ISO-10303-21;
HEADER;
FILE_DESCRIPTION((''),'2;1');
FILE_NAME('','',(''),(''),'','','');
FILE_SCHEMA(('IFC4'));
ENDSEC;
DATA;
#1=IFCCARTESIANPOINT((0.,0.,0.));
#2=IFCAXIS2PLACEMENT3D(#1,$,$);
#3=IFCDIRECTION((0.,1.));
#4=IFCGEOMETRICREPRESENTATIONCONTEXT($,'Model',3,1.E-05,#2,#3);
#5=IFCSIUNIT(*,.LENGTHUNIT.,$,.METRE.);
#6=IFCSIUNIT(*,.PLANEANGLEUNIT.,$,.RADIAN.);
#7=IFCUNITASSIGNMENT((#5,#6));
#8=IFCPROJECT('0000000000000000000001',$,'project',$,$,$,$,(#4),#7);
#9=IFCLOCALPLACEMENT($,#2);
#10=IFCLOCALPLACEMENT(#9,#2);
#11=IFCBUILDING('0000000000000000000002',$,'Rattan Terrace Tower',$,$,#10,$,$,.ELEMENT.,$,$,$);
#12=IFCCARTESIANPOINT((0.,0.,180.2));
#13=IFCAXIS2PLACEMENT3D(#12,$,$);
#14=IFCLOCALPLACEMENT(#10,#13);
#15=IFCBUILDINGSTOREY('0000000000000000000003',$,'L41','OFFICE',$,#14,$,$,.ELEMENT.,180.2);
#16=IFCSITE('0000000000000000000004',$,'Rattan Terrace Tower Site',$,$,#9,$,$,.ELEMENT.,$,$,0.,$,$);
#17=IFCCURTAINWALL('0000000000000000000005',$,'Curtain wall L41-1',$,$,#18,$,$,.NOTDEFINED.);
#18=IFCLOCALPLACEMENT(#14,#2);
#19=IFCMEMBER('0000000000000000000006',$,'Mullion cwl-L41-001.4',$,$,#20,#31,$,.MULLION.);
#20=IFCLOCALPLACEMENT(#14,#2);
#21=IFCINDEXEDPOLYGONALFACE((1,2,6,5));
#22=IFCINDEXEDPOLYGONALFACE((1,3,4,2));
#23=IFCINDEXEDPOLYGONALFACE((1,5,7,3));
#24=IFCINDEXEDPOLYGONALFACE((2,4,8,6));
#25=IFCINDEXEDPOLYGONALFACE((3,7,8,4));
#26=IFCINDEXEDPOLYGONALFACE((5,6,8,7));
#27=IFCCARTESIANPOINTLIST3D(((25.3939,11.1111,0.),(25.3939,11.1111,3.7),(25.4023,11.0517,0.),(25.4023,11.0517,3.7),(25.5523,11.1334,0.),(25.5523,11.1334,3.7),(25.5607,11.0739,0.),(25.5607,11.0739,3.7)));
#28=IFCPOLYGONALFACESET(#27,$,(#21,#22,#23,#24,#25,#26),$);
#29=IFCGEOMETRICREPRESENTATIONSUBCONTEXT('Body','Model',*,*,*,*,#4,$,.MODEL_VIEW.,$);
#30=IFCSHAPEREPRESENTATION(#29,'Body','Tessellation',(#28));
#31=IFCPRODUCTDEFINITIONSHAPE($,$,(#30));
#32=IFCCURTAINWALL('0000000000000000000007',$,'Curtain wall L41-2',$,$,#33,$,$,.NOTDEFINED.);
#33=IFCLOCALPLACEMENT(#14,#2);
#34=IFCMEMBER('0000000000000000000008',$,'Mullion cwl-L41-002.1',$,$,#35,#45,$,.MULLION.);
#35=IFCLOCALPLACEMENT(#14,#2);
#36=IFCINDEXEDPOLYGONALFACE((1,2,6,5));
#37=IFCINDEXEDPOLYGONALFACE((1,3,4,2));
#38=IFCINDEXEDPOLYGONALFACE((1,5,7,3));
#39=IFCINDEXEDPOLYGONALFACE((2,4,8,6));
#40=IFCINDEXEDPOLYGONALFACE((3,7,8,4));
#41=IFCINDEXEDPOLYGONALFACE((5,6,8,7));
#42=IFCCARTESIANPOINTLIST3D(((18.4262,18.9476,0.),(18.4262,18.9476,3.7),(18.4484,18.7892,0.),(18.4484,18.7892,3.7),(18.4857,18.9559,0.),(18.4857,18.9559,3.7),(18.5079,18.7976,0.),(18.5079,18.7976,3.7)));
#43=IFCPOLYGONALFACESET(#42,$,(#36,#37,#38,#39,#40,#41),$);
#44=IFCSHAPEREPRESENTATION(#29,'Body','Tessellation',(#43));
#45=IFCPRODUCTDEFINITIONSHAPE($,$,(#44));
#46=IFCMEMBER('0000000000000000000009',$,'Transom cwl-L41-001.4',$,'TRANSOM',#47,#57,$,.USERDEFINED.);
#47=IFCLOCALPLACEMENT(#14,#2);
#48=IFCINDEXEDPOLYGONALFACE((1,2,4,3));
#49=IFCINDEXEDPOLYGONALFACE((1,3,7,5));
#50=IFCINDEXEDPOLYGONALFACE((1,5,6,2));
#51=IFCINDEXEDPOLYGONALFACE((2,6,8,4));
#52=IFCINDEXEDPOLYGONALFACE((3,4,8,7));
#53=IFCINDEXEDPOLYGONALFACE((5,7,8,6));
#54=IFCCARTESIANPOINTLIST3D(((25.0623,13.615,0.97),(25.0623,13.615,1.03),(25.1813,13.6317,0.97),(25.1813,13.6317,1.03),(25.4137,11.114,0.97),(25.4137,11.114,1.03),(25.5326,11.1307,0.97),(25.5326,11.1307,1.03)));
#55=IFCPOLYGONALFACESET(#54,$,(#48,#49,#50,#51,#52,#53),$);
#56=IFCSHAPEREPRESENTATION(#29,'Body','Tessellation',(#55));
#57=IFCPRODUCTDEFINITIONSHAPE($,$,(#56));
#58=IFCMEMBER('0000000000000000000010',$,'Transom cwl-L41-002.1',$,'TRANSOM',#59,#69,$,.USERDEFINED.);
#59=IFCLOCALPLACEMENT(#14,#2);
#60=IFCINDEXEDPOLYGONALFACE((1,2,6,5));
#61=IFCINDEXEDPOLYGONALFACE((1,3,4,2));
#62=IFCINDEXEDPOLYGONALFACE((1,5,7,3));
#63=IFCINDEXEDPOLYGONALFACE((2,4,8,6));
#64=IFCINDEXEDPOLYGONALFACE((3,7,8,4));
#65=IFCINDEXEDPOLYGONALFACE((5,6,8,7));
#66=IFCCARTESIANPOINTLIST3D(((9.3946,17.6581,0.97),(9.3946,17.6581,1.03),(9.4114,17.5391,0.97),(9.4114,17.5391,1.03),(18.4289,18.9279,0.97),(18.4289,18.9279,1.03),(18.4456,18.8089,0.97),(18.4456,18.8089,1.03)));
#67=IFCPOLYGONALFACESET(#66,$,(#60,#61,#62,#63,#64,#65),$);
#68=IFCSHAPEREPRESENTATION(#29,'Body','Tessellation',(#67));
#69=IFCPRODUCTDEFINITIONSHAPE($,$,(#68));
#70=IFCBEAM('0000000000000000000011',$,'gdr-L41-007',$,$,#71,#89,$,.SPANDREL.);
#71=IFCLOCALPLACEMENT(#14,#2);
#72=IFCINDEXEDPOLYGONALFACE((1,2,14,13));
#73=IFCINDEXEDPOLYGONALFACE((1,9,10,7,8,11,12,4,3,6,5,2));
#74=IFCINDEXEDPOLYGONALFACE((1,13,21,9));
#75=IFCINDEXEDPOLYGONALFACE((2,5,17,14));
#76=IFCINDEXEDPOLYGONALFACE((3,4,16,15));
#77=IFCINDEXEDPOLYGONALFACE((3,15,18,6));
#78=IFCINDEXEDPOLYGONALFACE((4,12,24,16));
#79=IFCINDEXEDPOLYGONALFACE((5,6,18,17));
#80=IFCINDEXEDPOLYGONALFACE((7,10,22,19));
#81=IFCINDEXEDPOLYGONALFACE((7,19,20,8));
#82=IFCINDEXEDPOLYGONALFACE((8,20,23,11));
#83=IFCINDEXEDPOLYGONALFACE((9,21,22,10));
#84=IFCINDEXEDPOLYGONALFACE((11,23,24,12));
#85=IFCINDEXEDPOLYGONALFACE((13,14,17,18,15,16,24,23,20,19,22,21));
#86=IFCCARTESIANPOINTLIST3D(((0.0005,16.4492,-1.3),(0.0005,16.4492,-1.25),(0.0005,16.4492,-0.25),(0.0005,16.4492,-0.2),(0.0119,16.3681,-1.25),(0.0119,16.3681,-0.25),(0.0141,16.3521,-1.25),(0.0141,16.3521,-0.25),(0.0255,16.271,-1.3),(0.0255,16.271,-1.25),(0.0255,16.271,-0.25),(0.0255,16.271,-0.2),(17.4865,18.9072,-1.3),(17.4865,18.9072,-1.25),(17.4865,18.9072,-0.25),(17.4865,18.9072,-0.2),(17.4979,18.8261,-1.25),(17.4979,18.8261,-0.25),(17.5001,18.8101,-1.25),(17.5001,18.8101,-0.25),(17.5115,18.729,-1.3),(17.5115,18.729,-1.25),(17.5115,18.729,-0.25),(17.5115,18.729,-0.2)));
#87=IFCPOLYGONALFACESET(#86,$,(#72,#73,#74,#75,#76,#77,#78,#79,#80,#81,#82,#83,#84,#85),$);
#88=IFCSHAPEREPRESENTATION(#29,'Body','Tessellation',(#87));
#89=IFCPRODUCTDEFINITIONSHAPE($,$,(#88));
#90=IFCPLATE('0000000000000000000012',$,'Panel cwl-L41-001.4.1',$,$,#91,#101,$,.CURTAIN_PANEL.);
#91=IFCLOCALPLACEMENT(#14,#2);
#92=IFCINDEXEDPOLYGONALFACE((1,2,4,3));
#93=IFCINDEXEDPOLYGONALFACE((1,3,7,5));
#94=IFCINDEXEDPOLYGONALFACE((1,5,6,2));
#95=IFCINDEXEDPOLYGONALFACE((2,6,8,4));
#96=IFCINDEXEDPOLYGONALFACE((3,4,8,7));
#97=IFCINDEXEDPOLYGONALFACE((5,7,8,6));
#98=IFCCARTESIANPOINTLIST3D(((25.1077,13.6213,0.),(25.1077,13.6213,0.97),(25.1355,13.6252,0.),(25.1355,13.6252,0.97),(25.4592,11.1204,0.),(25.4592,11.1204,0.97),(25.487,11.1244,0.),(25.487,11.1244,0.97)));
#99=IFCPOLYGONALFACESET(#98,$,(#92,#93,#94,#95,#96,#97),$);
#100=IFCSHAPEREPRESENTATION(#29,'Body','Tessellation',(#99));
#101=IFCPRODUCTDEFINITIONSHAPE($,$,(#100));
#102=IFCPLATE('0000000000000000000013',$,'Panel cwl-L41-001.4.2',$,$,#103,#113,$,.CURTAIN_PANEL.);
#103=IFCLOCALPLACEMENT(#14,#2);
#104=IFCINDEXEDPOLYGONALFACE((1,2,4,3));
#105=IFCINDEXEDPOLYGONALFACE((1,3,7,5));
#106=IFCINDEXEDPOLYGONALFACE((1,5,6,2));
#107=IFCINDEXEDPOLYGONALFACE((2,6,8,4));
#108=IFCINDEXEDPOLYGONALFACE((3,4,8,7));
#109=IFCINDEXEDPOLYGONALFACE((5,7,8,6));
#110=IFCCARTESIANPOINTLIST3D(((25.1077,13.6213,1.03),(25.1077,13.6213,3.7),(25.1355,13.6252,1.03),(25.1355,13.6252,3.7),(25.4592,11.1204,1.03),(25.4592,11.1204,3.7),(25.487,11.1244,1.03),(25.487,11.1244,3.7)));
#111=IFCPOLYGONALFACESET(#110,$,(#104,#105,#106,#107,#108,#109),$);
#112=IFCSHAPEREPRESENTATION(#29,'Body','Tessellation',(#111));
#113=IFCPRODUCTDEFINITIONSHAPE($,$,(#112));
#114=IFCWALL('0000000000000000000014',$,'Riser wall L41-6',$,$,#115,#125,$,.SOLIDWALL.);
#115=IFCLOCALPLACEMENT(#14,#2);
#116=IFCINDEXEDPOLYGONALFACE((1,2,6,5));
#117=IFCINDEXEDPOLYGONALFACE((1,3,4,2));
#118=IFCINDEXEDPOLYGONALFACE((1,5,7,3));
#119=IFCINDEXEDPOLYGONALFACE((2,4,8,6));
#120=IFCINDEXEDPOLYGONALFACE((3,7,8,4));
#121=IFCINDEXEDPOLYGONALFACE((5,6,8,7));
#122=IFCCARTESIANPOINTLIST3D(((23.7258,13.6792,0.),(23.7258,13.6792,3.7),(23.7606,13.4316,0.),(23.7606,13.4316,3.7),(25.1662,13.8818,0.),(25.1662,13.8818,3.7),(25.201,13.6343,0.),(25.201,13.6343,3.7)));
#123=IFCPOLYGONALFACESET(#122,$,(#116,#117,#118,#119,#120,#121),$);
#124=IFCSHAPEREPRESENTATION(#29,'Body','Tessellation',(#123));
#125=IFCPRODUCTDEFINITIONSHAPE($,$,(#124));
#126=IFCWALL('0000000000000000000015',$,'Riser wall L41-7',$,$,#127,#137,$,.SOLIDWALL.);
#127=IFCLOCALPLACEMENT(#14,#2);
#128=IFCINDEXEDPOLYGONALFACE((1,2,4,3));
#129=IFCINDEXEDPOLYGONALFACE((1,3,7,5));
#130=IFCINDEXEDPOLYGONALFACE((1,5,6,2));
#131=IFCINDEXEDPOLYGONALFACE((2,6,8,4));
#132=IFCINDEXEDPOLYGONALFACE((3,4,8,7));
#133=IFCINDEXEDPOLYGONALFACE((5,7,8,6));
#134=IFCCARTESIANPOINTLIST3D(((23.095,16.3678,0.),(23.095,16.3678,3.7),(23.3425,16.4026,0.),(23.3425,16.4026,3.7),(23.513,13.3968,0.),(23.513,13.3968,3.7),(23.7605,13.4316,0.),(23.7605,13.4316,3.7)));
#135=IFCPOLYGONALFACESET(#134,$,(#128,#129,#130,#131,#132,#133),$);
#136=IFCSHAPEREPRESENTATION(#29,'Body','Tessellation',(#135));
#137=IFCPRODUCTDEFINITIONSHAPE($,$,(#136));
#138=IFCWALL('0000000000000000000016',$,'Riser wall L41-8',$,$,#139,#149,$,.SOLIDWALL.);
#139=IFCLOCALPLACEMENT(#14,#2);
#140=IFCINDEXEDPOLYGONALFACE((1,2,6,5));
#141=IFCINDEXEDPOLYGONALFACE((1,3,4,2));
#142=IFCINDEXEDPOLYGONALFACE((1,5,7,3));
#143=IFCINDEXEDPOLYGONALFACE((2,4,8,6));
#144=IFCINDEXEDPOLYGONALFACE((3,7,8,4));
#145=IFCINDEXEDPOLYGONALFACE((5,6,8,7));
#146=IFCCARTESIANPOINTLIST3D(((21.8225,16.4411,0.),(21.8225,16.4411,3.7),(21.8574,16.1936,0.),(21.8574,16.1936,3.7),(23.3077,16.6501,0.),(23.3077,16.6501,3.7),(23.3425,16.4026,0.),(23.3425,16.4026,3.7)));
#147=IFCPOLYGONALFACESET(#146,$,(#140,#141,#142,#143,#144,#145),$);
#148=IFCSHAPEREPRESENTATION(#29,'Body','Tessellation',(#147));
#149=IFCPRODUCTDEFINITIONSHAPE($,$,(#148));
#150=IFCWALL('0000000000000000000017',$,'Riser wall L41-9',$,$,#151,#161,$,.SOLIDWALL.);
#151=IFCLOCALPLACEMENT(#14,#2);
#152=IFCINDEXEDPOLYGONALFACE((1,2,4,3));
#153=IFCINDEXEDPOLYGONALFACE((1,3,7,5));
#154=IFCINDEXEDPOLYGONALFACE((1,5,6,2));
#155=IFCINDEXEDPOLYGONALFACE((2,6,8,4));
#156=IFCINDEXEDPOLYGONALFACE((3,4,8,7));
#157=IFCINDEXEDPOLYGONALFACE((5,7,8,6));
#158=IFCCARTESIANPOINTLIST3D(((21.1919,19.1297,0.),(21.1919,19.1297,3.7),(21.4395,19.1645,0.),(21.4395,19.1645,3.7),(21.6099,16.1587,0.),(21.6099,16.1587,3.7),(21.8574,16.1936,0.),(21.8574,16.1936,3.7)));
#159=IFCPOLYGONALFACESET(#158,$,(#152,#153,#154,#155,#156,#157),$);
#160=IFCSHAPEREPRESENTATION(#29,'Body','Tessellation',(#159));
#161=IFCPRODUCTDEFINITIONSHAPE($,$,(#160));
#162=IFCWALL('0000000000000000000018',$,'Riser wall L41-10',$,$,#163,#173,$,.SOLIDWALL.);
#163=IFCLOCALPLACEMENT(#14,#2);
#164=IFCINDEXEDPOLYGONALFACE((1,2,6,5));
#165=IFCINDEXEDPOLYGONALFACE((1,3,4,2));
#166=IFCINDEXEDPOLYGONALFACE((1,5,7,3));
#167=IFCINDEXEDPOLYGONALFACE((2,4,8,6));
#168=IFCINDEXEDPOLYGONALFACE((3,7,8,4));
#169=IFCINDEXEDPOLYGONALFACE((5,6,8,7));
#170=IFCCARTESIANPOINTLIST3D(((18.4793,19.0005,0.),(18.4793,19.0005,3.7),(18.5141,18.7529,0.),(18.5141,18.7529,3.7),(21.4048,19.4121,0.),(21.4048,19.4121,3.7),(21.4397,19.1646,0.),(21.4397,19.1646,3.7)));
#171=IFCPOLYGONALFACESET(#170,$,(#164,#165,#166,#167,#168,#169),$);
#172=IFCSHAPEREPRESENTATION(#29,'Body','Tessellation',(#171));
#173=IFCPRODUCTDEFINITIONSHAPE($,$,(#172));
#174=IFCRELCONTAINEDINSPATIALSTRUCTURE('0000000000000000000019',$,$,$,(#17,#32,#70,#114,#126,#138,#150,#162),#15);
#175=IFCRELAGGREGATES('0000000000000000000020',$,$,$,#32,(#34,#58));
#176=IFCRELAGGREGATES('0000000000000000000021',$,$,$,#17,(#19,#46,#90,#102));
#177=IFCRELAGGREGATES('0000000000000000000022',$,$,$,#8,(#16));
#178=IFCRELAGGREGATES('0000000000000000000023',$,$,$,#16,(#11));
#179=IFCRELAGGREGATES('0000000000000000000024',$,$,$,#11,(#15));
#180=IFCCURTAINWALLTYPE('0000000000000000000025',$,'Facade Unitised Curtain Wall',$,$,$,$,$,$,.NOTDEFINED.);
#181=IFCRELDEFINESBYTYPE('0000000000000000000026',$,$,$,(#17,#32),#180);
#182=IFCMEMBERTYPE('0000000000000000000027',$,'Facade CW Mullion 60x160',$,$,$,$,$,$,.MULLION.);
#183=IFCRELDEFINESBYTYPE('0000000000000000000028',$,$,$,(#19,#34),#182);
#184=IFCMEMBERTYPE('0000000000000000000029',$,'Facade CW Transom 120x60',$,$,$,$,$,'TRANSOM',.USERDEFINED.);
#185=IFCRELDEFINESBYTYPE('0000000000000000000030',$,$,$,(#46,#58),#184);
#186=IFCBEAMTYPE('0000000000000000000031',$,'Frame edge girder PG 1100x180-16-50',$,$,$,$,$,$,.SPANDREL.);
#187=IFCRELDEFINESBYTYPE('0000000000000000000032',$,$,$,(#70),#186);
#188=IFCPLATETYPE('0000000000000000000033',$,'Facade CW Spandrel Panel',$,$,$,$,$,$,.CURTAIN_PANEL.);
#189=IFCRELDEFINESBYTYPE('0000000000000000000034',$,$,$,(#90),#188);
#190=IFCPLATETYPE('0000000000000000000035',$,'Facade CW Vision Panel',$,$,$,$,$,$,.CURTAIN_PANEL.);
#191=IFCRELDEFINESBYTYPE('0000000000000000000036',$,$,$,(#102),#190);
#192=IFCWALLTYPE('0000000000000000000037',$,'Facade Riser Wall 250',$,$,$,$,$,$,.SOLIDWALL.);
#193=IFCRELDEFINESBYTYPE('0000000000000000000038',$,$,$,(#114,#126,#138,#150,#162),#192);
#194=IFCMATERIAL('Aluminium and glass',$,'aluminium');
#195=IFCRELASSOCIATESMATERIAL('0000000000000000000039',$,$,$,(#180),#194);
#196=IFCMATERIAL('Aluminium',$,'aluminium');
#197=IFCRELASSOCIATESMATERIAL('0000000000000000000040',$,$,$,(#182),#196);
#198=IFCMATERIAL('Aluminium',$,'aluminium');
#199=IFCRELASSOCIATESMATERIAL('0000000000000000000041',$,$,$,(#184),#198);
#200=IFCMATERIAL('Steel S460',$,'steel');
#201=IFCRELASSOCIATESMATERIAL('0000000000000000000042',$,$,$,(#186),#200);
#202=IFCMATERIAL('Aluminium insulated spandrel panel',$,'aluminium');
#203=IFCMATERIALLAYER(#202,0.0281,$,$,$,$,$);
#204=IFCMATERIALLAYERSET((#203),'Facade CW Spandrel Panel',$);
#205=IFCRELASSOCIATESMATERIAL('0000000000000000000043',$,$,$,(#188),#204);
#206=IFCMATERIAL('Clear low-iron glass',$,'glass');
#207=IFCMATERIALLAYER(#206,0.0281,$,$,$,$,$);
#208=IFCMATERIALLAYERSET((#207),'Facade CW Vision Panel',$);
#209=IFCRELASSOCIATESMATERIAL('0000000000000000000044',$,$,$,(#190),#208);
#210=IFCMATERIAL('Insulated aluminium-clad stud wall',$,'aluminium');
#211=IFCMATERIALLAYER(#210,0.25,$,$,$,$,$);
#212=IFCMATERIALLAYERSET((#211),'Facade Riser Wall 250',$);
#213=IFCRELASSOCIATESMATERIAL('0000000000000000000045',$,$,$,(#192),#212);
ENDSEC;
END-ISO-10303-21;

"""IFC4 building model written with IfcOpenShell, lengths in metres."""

from ifc_helpers import new_model, si_unit, direction, frame, frame_2d, origin, origin_2d, place, context, subcontext, project, spatial, rectangle, i_section, extrude, material, layer, layer_set, material_profile, profile_set, type_object, element, aggregate, save


model = new_model("IFC4")

# Units and contexts
model_context = context("Model", 3, precision=1e-05, world=origin(), true_north=direction((0.0, 1.0)))
body_context = subcontext(model_context, "Body", "Model", "MODEL_VIEW")
ifc_project = project(units=[si_unit("LENGTHUNIT", "METRE"), si_unit("PLANEANGLEUNIT", "RADIAN")], contexts=[model_context])

# Site, building, storey
site_placement = place(None, origin())
site = spatial("IfcSite", under=ifc_project, at=site_placement, Name="Rattan Terrace Tower Site", CompositionType="ELEMENT", RefElevation=0.0)
building_placement = place(site_placement, origin())
building = spatial("IfcBuilding", under=site, at=building_placement, Name="Rattan Terrace Tower", CompositionType="ELEMENT")
storey_placement = place(building_placement, frame((0.0, 0.0, 180.2)))
storey = spatial("IfcBuildingStorey", under=building, at=storey_placement, Name="L41", Description="OFFICE", CompositionType="ELEMENT", Elevation=180.2)

# Curtain walls, members
ifc_material_1 = material(Name="Aluminium and glass", Category="aluminium")
curtain_wall_type = type_object("IfcCurtainWallType", Name="Facade Unitised Curtain Wall", PredefinedType="NOTDEFINED", material=ifc_material_1)
curtain_wall_1_placement = place(storey_placement, origin())
curtain_wall_1 = element("IfcCurtainWall", 1, at=curtain_wall_1_placement, inside=storey, type_object=curtain_wall_type, Name="Curtain wall L41-1", PredefinedType="NOTDEFINED")
ifc_material_2 = material(Name="Aluminium", Category="aluminium")
ifc_material_profile_1 = material_profile(ifc_material_2, rectangle(XDim=0.0601, YDim=0.1599, at=origin_2d()), Name="Aluminium 60x160")
ifc_profile_set_1 = profile_set([ifc_material_profile_1], Name="Aluminium")
member_type_1 = type_object("IfcMemberType", Name="Facade CW Mullion 60x160", PredefinedType="MULLION", material=ifc_profile_set_1)
member_1_placement = place(storey_placement, frame((25.4773, 11.0925, 0.0), z_axis=(0.0, 0.0, 1.0), x_axis=(-0.139191, 0.990266, 0.0)))
member_1 = element("IfcMember", 2, at=member_1_placement, type_object=member_type_1, Name="Mullion cwl-L41-001.4", PredefinedType="MULLION", context=body_context, shape_type="SweptSolid", body=[
    extrude(rectangle(XDim=0.0601, YDim=0.1599, at=origin_2d()), origin(), (0.0, 0.0, 1.0), 3.7),
])
curtain_wall_2_placement = place(storey_placement, origin())
curtain_wall_2 = element("IfcCurtainWall", 3, at=curtain_wall_2_placement, inside=storey, type_object=curtain_wall_type, Name="Curtain wall L41-2", PredefinedType="NOTDEFINED")
member_2_placement = place(storey_placement, frame((18.467, 18.8726, 0.0), z_axis=(0.0, 0.0, 1.0), x_axis=(-0.99027, -0.139161, 0.0)))
member_2 = element("IfcMember", 4, at=member_2_placement, type_object=member_type_1, Name="Mullion cwl-L41-002.1", PredefinedType="MULLION", context=body_context, shape_type="SweptSolid", body=[
    extrude(rectangle(XDim=0.0601, YDim=0.1599, at=origin_2d()), origin(), (0.0, 0.0, 1.0), 3.7),
])

# Members
ifc_material_3 = material(Name="Aluminium", Category="aluminium")
ifc_material_profile_2 = material_profile(ifc_material_3, rectangle(XDim=0.1201, YDim=0.0601, at=origin_2d()), Name="Aluminium 120x60")
ifc_profile_set_2 = profile_set([ifc_material_profile_2], Name="Aluminium")
member_type_2 = type_object("IfcMemberType", Name="Facade CW Transom 120x60", ElementType="TRANSOM", PredefinedType="USERDEFINED", material=ifc_profile_set_2)
member_3_placement = place(storey_placement, frame((25.4731, 11.1223, 1.0), z_axis=(-0.139107, 0.990277, 0.0), x_axis=(-0.990277, -0.139107, 0.0)))
member_3 = element("IfcMember", 5, at=member_3_placement, type_object=member_type_2, Name="Transom cwl-L41-001.4", ObjectType="TRANSOM", PredefinedType="USERDEFINED", context=body_context, shape_type="SweptSolid", body=[
    extrude(rectangle(XDim=0.1201, YDim=0.0601, at=origin_2d()), origin(), (0.0, 0.0, 1.0), 2.5256),
])
member_4_placement = place(storey_placement, frame((18.4373, 18.8684, 1.0), z_axis=(-0.990266, -0.139184, 0.0), x_axis=(0.139184, -0.990266, 0.0)))
member_4 = element("IfcMember", 6, at=member_4_placement, type_object=member_type_2, Name="Transom cwl-L41-002.1", ObjectType="TRANSOM", PredefinedType="USERDEFINED", context=body_context, shape_type="SweptSolid", body=[
    extrude(rectangle(XDim=0.1201, YDim=0.0601, at=origin_2d()), origin(), (0.0, 0.0, 1.0), 9.123),
])
aggregate(curtain_wall_2, [member_2, member_4])

# Beam
ifc_material_4 = material(Name="Steel S460", Category="steel")
ifc_material_profile_3 = material_profile(ifc_material_4, i_section(OverallWidth=0.1799, OverallDepth=1.1001, WebThickness=0.0161, FlangeThickness=0.05, at=origin_2d()), Name="PG 1100x180-16-50")
ifc_profile_set_3 = profile_set([ifc_material_profile_3], Name="Steel S460")
beam_type = type_object("IfcBeamType", Name="Frame edge girder PG 1100x180-16-50", PredefinedType="SPANDREL", material=ifc_profile_set_3)
beam_placement = place(storey_placement, frame((17.499, 18.8181, -0.75), z_axis=(-0.990264, -0.139201, 0.0), x_axis=(0.139201, -0.990264, 0.0)))
element("IfcBeam", 7, at=beam_placement, inside=storey, type_object=beam_type, Name="gdr-L41-007", PredefinedType="SPANDREL", context=body_context, shape_type="SweptSolid", body=[
    extrude(i_section(OverallWidth=0.1799, OverallDepth=1.1001, WebThickness=0.0161, FlangeThickness=0.05, at=origin_2d()), origin(), (0.0, 0.0, 1.0), 17.658),
])

# Plates
ifc_material_5 = material(Name="Aluminium insulated spandrel panel", Category="aluminium")
ifc_layer_1 = layer(ifc_material_5, 0.0281)
ifc_layer_set_1 = layer_set([ifc_layer_1], Name="Facade CW Spandrel Panel")
plate_type_1 = type_object("IfcPlateType", Name="Facade CW Spandrel Panel", PredefinedType="CURTAIN_PANEL", material=ifc_layer_set_1)
plate_1_placement = place(storey_placement, frame((25.2974, 12.3728, 0.0), z_axis=(0.0, 0.0, 1.0), x_axis=(-0.139191, 0.990266, 0.0)))
plate_1 = element("IfcPlate", 8, at=plate_1_placement, type_object=plate_type_1, Name="Panel cwl-L41-001.4.1", PredefinedType="CURTAIN_PANEL", context=body_context, shape_type="SweptSolid", body=[
    extrude(rectangle(XDim=2.5254, YDim=0.0281, at=origin_2d()), origin(), (0.0, 0.0, 1.0), 0.97),
])
ifc_material_6 = material(Name="Clear low-iron glass", Category="glass")
ifc_layer_2 = layer(ifc_material_6, 0.0281)
ifc_layer_set_2 = layer_set([ifc_layer_2], Name="Facade CW Vision Panel")
plate_type_2 = type_object("IfcPlateType", Name="Facade CW Vision Panel", PredefinedType="CURTAIN_PANEL", material=ifc_layer_set_2)
plate_2_placement = place(storey_placement, frame((25.2974, 12.3728, 1.03), z_axis=(0.0, 0.0, 1.0), x_axis=(-0.139191, 0.990266, 0.0)))
plate_2 = element("IfcPlate", 9, at=plate_2_placement, type_object=plate_type_2, Name="Panel cwl-L41-001.4.2", PredefinedType="CURTAIN_PANEL", context=body_context, shape_type="SweptSolid", body=[
    extrude(rectangle(XDim=2.5254, YDim=0.0281, at=origin_2d()), origin(), (0.0, 0.0, 1.0), 2.6699),
])
aggregate(curtain_wall_1, [member_1, member_3, plate_1, plate_2])

# Walls
ifc_material_7 = material(Name="Insulated aluminium-clad stud wall", Category="aluminium")
ifc_layer_3 = layer(ifc_material_7, 0.25)
ifc_layer_set_3 = layer_set([ifc_layer_3], Name="Facade Riser Wall 250")
wall_type_1 = type_object("IfcWallType", Name="Facade Riser Wall 250", PredefinedType="SOLIDWALL", material=ifc_layer_set_3)
wall_1_placement = place(storey_placement, frame((25.1836, 13.7581, 0.0), z_axis=(0.0, 0.0, 1.0), x_axis=(-0.990249, -0.139306, 0.0)))
element("IfcWall", 10, at=wall_1_placement, inside=storey, type_object=wall_type_1, Name="Riser wall L41-6", PredefinedType="SOLIDWALL", context=body_context, shape_type="SweptSolid", body=[
    extrude(rectangle(XDim=1.4546, YDim=0.25, at=frame_2d((0.7273, 0.0))), origin(), (0.0, 0.0, 1.0), 3.7),
])
wall_2_placement = place(storey_placement, frame((23.6367, 13.4143, 0.0), z_axis=(0.0, 0.0, 1.0), x_axis=(-0.139313, 0.990248, 0.0)))
element("IfcWall", 11, at=wall_2_placement, inside=storey, type_object=wall_type_1, Name="Riser wall L41-7", PredefinedType="SOLIDWALL", context=body_context, shape_type="SweptSolid", body=[
    extrude(rectangle(XDim=3.0002, YDim=0.25, at=frame_2d((1.5, 0.0))), origin(), (0.0, 0.0, 1.0), 3.7),
])
wall_3_placement = place(storey_placement, frame((23.3252, 16.5264, 0.0), z_axis=(0.0, 0.0, 1.0), x_axis=(-0.990244, -0.139347, 0.0)))
element("IfcWall", 12, at=wall_3_placement, inside=storey, type_object=wall_type_1, Name="Riser wall L41-8", PredefinedType="SOLIDWALL", context=body_context, shape_type="SweptSolid", body=[
    extrude(rectangle(XDim=1.4998, YDim=0.25, at=frame_2d((0.75, 0.0))), origin(), (0.0, 0.0, 1.0), 3.7),
])
wall_4_placement = place(storey_placement, frame((21.7336, 16.1763, 0.0), z_axis=(0.0, 0.0, 1.0), x_axis=(-0.139313, 0.990248, 0.0)))
element("IfcWall", 13, at=wall_4_placement, inside=storey, type_object=wall_type_1, Name="Riser wall L41-9", PredefinedType="SOLIDWALL", context=body_context, shape_type="SweptSolid", body=[
    extrude(rectangle(XDim=3.0002, YDim=0.25, at=frame_2d((1.5, 0.0))), origin(), (0.0, 0.0, 1.0), 3.7),
])
wall_5_placement = place(storey_placement, frame((21.4221, 19.2883, 0.0), z_axis=(0.0, 0.0, 1.0), x_axis=(-0.990246, -0.139327, 0.0)))
element("IfcWall", 14, at=wall_5_placement, inside=storey, type_object=wall_type_1, Name="Riser wall L41-10", PredefinedType="SOLIDWALL", context=body_context, shape_type="SweptSolid", body=[
    extrude(rectangle(XDim=2.9543, YDim=0.25, at=frame_2d((1.4771, 0.0))), origin(), (0.0, 0.0, 1.0), 3.7),
])

save(model, "model.ifc")
